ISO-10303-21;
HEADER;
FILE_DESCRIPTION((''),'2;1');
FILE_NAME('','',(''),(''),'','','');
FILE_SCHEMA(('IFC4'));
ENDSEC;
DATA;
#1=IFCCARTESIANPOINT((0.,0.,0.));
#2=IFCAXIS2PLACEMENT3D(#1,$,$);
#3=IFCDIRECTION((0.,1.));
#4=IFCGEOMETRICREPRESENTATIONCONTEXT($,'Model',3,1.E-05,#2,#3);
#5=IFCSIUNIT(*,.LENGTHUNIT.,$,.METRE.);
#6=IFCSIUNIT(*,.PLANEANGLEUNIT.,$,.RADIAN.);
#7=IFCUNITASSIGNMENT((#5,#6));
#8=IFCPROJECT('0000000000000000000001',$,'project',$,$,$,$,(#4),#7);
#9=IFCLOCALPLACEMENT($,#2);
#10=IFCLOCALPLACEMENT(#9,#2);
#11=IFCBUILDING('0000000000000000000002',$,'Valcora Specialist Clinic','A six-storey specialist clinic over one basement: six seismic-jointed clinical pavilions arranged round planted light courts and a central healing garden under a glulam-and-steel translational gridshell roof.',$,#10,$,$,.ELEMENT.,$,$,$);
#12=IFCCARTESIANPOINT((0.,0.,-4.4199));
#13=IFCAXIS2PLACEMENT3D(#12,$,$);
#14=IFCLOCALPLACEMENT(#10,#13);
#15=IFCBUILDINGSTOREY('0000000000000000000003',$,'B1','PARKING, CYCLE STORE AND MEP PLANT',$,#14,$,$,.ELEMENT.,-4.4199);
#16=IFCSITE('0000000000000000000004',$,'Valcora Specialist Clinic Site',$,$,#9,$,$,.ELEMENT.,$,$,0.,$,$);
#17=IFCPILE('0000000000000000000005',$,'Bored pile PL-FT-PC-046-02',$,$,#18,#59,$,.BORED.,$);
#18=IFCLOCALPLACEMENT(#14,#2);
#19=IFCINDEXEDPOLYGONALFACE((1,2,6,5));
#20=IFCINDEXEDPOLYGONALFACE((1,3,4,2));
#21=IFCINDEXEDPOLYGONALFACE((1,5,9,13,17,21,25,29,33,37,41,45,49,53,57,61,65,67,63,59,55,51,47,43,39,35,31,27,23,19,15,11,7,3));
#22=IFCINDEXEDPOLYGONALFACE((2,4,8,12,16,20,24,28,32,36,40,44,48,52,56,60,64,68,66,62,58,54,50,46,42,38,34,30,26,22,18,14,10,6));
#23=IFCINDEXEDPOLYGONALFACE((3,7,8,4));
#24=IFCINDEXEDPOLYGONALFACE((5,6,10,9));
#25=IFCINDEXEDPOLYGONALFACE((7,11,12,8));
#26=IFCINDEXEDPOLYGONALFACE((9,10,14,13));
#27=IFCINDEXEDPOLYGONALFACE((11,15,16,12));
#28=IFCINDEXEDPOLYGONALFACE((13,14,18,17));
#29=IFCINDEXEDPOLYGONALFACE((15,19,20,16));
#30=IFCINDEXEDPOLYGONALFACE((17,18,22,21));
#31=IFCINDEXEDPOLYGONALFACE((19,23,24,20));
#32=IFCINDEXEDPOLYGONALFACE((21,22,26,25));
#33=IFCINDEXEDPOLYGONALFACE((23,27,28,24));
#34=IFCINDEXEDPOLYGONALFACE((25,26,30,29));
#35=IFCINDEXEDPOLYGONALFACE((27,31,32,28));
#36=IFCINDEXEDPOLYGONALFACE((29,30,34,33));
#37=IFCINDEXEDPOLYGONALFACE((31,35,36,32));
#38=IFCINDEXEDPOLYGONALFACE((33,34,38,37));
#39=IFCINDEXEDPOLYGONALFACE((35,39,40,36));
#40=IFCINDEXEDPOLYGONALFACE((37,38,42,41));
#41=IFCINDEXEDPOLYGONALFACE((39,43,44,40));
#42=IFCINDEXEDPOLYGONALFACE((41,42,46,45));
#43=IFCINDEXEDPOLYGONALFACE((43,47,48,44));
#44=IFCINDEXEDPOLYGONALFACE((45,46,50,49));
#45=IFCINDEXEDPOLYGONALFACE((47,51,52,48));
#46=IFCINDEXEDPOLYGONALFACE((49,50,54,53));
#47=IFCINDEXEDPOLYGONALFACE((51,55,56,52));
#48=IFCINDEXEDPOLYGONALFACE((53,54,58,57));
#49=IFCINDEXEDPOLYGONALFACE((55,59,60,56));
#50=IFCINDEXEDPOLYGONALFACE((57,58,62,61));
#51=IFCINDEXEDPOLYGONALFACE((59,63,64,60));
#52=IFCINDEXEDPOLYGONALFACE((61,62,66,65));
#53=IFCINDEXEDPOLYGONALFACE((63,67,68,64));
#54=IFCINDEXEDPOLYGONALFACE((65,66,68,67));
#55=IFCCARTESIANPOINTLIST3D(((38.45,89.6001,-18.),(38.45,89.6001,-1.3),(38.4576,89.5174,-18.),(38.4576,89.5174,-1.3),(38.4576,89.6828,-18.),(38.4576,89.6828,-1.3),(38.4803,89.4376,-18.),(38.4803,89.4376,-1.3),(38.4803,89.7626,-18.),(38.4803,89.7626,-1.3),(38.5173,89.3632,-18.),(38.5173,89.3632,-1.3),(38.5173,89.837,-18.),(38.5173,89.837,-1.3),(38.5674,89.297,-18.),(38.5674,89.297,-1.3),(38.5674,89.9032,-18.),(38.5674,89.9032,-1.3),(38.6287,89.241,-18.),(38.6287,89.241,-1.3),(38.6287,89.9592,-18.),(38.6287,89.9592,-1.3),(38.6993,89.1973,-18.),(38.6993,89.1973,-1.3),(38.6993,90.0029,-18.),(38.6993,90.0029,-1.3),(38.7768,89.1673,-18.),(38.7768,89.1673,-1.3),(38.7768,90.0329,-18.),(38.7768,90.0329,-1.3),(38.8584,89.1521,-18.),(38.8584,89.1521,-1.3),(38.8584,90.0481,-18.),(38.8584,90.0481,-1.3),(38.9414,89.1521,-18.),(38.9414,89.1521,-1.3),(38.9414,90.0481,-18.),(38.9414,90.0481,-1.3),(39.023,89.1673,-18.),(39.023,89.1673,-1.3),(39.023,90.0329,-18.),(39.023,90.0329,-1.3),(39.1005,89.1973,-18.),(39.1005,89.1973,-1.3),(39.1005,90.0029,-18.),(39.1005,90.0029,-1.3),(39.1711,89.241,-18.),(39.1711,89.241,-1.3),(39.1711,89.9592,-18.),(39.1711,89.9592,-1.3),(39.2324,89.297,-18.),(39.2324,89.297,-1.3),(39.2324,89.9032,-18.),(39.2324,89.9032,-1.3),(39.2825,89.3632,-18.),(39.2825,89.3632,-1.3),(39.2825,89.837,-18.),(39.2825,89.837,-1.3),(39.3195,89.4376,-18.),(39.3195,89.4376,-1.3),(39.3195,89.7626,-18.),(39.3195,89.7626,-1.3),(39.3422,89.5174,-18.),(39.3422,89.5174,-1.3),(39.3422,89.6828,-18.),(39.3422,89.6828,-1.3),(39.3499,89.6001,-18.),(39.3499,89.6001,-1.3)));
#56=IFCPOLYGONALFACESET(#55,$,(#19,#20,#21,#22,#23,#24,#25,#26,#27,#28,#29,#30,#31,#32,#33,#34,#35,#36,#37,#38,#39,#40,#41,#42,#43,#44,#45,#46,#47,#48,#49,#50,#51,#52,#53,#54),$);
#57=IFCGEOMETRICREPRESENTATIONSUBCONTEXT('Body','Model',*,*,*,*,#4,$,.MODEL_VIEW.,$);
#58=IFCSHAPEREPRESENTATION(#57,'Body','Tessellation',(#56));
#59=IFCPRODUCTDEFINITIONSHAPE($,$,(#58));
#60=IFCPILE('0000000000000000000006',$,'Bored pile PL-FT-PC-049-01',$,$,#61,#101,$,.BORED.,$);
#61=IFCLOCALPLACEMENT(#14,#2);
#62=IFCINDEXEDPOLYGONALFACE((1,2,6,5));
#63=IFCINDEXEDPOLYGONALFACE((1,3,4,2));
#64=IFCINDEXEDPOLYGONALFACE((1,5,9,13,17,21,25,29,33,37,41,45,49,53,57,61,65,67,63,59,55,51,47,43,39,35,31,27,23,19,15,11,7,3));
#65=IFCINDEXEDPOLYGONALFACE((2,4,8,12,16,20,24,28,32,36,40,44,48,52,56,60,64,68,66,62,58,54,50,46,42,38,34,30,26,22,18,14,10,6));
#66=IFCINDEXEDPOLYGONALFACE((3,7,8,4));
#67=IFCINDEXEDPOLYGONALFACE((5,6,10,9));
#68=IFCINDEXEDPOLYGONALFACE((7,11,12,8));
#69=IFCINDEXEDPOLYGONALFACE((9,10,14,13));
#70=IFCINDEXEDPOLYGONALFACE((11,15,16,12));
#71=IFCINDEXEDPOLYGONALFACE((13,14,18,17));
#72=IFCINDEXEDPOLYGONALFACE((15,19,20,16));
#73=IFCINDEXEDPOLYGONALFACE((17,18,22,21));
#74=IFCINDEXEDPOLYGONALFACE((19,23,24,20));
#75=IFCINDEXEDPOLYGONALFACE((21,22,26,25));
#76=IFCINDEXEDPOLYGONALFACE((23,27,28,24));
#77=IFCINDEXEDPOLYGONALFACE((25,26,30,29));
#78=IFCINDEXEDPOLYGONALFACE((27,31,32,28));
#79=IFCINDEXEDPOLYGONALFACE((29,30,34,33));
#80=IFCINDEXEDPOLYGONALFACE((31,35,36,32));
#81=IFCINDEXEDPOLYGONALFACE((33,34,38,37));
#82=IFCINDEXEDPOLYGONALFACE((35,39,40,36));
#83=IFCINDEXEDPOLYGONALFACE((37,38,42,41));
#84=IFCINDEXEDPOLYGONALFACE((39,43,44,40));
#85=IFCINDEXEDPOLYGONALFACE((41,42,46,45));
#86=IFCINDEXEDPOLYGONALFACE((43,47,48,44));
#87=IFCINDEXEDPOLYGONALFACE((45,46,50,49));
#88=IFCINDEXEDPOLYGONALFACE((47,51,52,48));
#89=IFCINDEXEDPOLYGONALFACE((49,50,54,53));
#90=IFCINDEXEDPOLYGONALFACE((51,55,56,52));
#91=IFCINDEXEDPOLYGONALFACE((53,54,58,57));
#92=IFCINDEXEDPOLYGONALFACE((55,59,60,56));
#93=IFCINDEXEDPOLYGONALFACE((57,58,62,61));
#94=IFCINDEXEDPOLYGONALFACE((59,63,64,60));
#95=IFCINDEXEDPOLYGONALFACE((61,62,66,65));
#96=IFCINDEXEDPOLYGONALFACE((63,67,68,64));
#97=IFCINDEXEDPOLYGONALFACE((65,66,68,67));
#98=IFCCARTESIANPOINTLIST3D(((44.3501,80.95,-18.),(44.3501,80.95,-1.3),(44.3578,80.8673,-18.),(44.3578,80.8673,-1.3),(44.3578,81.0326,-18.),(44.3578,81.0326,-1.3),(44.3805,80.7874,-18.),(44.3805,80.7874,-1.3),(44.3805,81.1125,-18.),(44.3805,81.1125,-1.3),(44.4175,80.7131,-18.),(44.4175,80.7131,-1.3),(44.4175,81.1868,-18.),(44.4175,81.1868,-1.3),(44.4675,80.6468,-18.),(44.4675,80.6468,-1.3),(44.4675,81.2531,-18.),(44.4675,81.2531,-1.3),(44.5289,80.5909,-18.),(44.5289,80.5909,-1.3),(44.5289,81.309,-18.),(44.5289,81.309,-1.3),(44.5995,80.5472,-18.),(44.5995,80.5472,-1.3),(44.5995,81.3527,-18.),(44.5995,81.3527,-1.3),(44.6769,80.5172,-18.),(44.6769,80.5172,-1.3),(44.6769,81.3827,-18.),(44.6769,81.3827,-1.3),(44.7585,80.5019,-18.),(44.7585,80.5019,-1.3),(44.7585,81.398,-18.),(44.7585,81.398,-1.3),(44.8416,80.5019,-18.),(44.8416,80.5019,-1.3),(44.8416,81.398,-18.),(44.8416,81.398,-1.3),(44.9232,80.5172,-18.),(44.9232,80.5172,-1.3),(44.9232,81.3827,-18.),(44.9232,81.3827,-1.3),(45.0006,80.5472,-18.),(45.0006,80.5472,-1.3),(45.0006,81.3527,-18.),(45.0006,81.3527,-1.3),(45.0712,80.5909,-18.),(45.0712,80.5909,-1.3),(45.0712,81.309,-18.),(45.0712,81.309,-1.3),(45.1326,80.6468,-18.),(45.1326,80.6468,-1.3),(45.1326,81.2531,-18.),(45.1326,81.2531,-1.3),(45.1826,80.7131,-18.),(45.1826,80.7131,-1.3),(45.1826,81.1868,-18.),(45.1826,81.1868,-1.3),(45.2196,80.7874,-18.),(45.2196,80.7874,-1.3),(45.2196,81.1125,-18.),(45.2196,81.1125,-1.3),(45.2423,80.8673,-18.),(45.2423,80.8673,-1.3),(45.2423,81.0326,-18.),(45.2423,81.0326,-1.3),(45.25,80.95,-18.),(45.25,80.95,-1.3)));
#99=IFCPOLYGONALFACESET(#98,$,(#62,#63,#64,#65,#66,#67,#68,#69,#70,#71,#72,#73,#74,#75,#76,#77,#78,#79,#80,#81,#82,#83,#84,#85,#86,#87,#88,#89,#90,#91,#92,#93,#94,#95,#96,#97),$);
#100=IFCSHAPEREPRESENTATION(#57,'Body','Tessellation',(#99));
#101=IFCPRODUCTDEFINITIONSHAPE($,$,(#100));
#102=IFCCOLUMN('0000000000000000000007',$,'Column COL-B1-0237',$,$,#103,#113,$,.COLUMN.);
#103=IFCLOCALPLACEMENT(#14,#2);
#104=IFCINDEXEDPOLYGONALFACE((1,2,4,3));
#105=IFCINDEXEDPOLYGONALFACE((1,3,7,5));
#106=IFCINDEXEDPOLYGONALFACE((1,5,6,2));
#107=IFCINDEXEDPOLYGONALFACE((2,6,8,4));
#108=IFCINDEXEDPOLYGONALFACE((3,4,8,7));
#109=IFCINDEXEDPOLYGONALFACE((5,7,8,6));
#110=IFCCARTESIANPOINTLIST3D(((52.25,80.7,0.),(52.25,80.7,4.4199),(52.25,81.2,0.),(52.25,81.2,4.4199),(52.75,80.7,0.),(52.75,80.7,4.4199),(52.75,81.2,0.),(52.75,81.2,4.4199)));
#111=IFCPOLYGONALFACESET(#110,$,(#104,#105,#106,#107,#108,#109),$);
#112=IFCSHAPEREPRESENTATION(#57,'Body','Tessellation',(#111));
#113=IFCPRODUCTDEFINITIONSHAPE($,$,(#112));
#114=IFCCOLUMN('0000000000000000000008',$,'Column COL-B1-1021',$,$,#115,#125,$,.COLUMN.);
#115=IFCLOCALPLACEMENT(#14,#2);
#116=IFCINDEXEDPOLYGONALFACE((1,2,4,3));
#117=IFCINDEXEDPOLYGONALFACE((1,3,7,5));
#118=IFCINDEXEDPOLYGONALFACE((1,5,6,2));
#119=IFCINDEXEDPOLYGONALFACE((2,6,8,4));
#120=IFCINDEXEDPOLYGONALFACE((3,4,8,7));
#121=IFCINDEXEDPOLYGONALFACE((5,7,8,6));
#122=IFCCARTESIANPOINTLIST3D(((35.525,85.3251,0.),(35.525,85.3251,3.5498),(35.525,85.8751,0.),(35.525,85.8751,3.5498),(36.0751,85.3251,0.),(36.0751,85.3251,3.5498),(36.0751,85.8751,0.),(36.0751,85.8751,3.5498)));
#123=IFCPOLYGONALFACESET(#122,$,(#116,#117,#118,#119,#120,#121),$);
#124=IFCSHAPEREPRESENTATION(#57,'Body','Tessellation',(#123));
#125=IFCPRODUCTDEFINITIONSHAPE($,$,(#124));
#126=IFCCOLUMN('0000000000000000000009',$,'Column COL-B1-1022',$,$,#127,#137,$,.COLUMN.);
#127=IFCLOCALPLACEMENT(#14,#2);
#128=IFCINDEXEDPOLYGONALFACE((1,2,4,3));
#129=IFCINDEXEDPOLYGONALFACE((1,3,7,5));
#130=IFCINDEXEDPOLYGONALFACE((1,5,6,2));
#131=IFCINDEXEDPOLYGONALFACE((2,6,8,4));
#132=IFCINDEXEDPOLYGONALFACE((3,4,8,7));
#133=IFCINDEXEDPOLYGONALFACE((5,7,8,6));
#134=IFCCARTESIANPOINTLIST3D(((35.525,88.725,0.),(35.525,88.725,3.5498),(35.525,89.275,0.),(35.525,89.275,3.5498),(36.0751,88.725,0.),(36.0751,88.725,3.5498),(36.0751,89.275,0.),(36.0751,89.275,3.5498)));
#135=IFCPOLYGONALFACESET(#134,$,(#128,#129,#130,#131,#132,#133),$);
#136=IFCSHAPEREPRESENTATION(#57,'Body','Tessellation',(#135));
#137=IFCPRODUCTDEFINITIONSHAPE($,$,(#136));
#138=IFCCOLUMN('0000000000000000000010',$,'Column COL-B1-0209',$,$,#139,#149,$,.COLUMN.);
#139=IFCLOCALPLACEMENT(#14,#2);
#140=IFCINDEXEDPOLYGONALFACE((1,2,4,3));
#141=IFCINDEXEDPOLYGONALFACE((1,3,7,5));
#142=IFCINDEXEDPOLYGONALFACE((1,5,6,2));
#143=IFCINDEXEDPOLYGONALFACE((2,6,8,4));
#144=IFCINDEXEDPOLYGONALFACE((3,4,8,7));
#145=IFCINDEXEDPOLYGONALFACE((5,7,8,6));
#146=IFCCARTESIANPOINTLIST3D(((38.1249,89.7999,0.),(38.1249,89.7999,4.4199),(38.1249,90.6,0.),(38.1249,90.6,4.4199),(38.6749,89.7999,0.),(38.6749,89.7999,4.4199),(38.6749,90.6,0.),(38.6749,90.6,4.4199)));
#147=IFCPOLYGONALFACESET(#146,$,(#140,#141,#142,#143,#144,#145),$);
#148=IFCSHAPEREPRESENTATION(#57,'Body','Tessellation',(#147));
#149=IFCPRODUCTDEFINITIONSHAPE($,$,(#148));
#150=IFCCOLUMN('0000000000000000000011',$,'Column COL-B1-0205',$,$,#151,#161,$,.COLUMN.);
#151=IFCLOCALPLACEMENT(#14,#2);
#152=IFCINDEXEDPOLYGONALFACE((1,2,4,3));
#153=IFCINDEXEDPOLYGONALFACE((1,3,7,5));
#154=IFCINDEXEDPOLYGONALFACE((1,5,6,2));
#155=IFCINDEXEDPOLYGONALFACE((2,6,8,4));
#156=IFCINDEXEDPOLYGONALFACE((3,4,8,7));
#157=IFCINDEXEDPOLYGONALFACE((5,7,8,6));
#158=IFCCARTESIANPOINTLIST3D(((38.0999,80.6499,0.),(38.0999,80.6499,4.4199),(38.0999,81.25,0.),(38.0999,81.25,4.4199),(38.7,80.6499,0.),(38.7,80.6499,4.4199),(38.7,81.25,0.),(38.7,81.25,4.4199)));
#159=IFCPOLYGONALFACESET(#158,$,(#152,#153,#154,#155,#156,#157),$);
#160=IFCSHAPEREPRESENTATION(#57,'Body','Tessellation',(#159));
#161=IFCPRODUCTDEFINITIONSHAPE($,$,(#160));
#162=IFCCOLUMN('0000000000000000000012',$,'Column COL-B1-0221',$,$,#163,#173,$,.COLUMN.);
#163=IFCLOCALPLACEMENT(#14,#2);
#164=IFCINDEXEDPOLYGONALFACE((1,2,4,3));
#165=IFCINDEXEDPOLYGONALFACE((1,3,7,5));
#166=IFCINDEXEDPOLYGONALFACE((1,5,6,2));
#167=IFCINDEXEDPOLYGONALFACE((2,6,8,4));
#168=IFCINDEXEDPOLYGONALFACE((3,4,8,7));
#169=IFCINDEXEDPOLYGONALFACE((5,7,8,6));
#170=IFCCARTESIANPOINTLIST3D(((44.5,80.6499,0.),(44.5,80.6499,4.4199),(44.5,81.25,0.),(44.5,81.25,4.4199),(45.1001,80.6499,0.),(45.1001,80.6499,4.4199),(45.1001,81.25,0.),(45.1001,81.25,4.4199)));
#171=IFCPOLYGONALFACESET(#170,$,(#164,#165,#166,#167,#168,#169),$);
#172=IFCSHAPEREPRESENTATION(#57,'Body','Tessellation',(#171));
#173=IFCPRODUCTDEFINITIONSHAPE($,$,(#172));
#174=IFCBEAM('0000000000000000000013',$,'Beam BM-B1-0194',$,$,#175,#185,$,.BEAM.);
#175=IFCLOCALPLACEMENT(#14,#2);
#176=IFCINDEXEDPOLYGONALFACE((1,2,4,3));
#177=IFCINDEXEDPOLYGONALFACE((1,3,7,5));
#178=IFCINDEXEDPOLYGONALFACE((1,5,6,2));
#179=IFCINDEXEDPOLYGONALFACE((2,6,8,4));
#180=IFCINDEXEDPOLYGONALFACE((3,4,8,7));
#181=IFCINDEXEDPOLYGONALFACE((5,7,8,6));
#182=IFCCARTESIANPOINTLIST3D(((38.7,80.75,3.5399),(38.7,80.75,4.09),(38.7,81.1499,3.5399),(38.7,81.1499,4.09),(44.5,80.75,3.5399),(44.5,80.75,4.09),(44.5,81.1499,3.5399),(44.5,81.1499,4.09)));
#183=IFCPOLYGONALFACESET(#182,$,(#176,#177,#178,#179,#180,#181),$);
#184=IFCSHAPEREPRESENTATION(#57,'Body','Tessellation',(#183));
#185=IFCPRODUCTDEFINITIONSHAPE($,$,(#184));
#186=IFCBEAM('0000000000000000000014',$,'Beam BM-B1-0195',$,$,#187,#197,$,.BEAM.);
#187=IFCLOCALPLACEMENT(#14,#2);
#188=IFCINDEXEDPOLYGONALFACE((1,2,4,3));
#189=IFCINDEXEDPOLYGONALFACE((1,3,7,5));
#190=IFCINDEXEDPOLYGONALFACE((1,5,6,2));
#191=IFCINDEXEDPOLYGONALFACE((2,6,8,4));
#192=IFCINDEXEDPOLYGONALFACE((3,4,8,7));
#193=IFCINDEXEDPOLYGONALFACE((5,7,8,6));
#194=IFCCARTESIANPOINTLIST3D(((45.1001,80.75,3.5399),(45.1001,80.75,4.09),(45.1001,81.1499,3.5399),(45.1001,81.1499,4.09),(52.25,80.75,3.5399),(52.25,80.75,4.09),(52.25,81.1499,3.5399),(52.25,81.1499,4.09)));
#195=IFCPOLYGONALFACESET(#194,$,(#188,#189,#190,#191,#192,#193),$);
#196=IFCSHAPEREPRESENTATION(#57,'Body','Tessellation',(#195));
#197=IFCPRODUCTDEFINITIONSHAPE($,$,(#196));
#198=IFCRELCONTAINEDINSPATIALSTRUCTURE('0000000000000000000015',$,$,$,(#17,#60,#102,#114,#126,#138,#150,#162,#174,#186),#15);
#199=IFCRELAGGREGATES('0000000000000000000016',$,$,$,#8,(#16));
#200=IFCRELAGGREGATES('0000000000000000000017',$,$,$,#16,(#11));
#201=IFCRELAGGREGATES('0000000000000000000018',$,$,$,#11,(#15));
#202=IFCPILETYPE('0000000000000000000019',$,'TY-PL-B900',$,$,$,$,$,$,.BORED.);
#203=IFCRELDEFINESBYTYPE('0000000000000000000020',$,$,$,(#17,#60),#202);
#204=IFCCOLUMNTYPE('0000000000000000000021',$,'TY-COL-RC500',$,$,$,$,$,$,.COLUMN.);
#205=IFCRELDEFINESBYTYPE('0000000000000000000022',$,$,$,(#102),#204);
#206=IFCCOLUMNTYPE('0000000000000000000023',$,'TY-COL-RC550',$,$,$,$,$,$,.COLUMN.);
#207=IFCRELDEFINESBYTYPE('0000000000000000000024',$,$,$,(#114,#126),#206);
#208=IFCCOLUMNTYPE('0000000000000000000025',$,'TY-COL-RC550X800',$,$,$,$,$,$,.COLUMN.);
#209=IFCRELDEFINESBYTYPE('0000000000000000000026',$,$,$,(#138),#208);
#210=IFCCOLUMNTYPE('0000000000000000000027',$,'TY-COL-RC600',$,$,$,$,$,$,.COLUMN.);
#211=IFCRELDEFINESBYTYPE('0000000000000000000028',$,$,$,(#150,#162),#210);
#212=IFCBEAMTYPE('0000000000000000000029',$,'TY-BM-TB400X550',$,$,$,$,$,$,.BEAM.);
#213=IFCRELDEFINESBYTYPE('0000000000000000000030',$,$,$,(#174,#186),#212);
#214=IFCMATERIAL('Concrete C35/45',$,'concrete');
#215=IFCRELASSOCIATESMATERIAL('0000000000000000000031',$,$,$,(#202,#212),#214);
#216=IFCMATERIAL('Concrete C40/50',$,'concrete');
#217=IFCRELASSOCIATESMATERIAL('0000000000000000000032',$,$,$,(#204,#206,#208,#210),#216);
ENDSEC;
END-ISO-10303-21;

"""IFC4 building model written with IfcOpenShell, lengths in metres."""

from ifc_helpers import new_model, si_unit, direction, frame, origin, origin_2d, place, context, subcontext, project, spatial, rectangle, circle, extrude, material, material_profile, profile_set, type_object, element, save


model = new_model("IFC4")

# Units and contexts
model_context = context("Model", 3, precision=1e-05, world=origin(), true_north=direction((0.0, 1.0)))
body_context = subcontext(model_context, "Body", "Model", "MODEL_VIEW")
ifc_project = project(units=[si_unit("LENGTHUNIT", "METRE"), si_unit("PLANEANGLEUNIT", "RADIAN")], contexts=[model_context])

# Site, building, storey
site_placement = place(None, origin())
site = spatial("IfcSite", under=ifc_project, at=site_placement, Name="Valcora Specialist Clinic Site", CompositionType="ELEMENT", RefElevation=0.0)
building_placement = place(site_placement, origin())
building = spatial("IfcBuilding", under=site, at=building_placement, Name="Valcora Specialist Clinic", Description="A six-storey specialist clinic over one basement: six seismic-jointed clinical pavilions arranged round planted light courts and a central healing garden under a glulam-and-steel translational gridshell roof.", CompositionType="ELEMENT")
storey_placement = place(building_placement, frame((0.0, 0.0, -4.4199)))
storey = spatial("IfcBuildingStorey", under=building, at=storey_placement, Name="B1", Description="PARKING, CYCLE STORE AND MEP PLANT", CompositionType="ELEMENT", Elevation=-4.4199)

# Shared definitions
ifc_material_1 = material(Name="Concrete C35/45", Category="concrete")

# Piles
ifc_material_profile_1 = material_profile(ifc_material_1, circle(Radius=0.45, at=origin_2d()), Name="RC-PIL-D900")
ifc_profile_set_1 = profile_set([ifc_material_profile_1], Name="Concrete C35/45")
pile_type_1 = type_object("IfcPileType", Name="TY-PL-B900", PredefinedType="BORED", material=ifc_profile_set_1)
for number, where, z_axis, x_axis, name in (
    (1, (38.8999, 89.6001, -1.3), (0.0, 0.0, -1.0), (1.0, 0.0, 0.0), "Bored pile PL-FT-PC-046-02"),
    (2, (44.8, 80.95, -1.3), (0.0, 0.0, -1.0), (1.0, 0.0, 0.0), "Bored pile PL-FT-PC-049-01"),
):
    element("IfcPile", number, at=place(storey_placement, frame(where, z_axis=z_axis, x_axis=x_axis)), inside=storey, type_object=pile_type_1, Name=name, PredefinedType="BORED", context=body_context, shape_type="SweptSolid", body=[
        extrude(circle(Radius=0.45, at=origin_2d()), origin(), (0.0, 0.0, 1.0), 16.7),
    ])

# Columns
ifc_material_2 = material(Name="Concrete C40/50", Category="concrete")
ifc_material_profile_2 = material_profile(ifc_material_2, rectangle(XDim=0.5, YDim=0.5, at=origin_2d()), Name="RC-COL-500X500")
ifc_profile_set_2 = profile_set([ifc_material_profile_2], Name="Concrete C40/50")
column_type_1 = type_object("IfcColumnType", Name="TY-COL-RC500", PredefinedType="COLUMN", material=ifc_profile_set_2)
column_1_placement = place(storey_placement, frame((52.5, 80.95, 0.0), z_axis=(0.0, 0.0, 1.0), x_axis=(1.0, 0.0, 0.0)))
element("IfcColumn", 3, at=column_1_placement, inside=storey, type_object=column_type_1, Name="Column COL-B1-0237", PredefinedType="COLUMN", context=body_context, shape_type="SweptSolid", body=[
    extrude(rectangle(XDim=0.5, YDim=0.5, at=origin_2d()), origin(), (0.0, 0.0, 1.0), 4.4199),
])
ifc_material_profile_3 = material_profile(ifc_material_2, rectangle(XDim=0.55, YDim=0.55, at=origin_2d()), Name="RC-COL-550X550")
ifc_profile_set_3 = profile_set([ifc_material_profile_3], Name="Concrete C40/50")
column_type_2 = type_object("IfcColumnType", Name="TY-COL-RC550", PredefinedType="COLUMN", material=ifc_profile_set_3)
for number, where, z_axis, x_axis, name in (
    (4, (35.8, 85.6001, 0.0), (0.0, 0.0, 1.0), (1.0, 0.0, 0.0), "Column COL-B1-1021"),
    (5, (35.8, 89.0, 0.0), (0.0, 0.0, 1.0), (1.0, 0.0, 0.0), "Column COL-B1-1022"),
):
    element("IfcColumn", number, at=place(storey_placement, frame(where, z_axis=z_axis, x_axis=x_axis)), inside=storey, type_object=column_type_2, Name=name, PredefinedType="COLUMN", context=body_context, shape_type="SweptSolid", body=[
        extrude(rectangle(XDim=0.55, YDim=0.55, at=origin_2d()), origin(), (0.0, 0.0, 1.0), 3.5498),
    ])
ifc_material_profile_4 = material_profile(ifc_material_2, rectangle(XDim=0.55, YDim=0.8, at=origin_2d()), Name="RC-COL-550X800")
ifc_profile_set_4 = profile_set([ifc_material_profile_4], Name="Concrete C40/50")
column_type_3 = type_object("IfcColumnType", Name="TY-COL-RC550X800", PredefinedType="COLUMN", material=ifc_profile_set_4)
column_2_placement = place(storey_placement, frame((38.3999, 90.2, 0.0), z_axis=(0.0, 0.0, 1.0), x_axis=(1.0, 0.0, 0.0)))
element("IfcColumn", 6, at=column_2_placement, inside=storey, type_object=column_type_3, Name="Column COL-B1-0209", PredefinedType="COLUMN", context=body_context, shape_type="SweptSolid", body=[
    extrude(rectangle(XDim=0.55, YDim=0.8, at=origin_2d()), origin(), (0.0, 0.0, 1.0), 4.4199),
])
ifc_material_profile_5 = material_profile(ifc_material_2, rectangle(XDim=0.6001, YDim=0.6001, at=origin_2d()), Name="RC-COL-600X600")
ifc_profile_set_5 = profile_set([ifc_material_profile_5], Name="Concrete C40/50")
column_type_4 = type_object("IfcColumnType", Name="TY-COL-RC600", PredefinedType="COLUMN", material=ifc_profile_set_5)
for number, where, z_axis, x_axis, name in (
    (7, (38.3999, 80.95, 0.0), (0.0, 0.0, 1.0), (1.0, 0.0, 0.0), "Column COL-B1-0205"),
    (8, (44.8, 80.95, 0.0), (0.0, 0.0, 1.0), (1.0, 0.0, 0.0), "Column COL-B1-0221"),
):
    element("IfcColumn", number, at=place(storey_placement, frame(where, z_axis=z_axis, x_axis=x_axis)), inside=storey, type_object=column_type_4, Name=name, PredefinedType="COLUMN", context=body_context, shape_type="SweptSolid", body=[
        extrude(rectangle(XDim=0.6001, YDim=0.6001, at=origin_2d()), origin(), (0.0, 0.0, 1.0), 4.4199),
    ])

# Beams
ifc_material_profile_6 = material_profile(ifc_material_1, rectangle(XDim=0.3999, YDim=0.55, at=origin_2d()), Name="RC-TB-400X550")
ifc_profile_set_6 = profile_set([ifc_material_profile_6], Name="Concrete C35/45")
beam_type = type_object("IfcBeamType", Name="TY-BM-TB400X550", PredefinedType="BEAM", material=ifc_profile_set_6)
beam_1_placement = place(storey_placement, frame((38.7, 80.95, 3.8149), z_axis=(1.0, 0.0, 0.0), x_axis=(0.0, 1.0, 0.0)))
element("IfcBeam", 9, at=beam_1_placement, inside=storey, type_object=beam_type, Name="Beam BM-B1-0194", PredefinedType="BEAM", context=body_context, shape_type="SweptSolid", body=[
    extrude(rectangle(XDim=0.3999, YDim=0.55, at=origin_2d()), origin(), (0.0, 0.0, 1.0), 5.8),
])
beam_2_placement = place(storey_placement, frame((45.1001, 80.95, 3.8149), z_axis=(1.0, 0.0, 0.0), x_axis=(0.0, 1.0, 0.0)))
element("IfcBeam", 10, at=beam_2_placement, inside=storey, type_object=beam_type, Name="Beam BM-B1-0195", PredefinedType="BEAM", context=body_context, shape_type="SweptSolid", body=[
    extrude(rectangle(XDim=0.3999, YDim=0.55, at=origin_2d()), origin(), (0.0, 0.0, 1.0), 7.1499),
])

save(model, "model.ifc")
